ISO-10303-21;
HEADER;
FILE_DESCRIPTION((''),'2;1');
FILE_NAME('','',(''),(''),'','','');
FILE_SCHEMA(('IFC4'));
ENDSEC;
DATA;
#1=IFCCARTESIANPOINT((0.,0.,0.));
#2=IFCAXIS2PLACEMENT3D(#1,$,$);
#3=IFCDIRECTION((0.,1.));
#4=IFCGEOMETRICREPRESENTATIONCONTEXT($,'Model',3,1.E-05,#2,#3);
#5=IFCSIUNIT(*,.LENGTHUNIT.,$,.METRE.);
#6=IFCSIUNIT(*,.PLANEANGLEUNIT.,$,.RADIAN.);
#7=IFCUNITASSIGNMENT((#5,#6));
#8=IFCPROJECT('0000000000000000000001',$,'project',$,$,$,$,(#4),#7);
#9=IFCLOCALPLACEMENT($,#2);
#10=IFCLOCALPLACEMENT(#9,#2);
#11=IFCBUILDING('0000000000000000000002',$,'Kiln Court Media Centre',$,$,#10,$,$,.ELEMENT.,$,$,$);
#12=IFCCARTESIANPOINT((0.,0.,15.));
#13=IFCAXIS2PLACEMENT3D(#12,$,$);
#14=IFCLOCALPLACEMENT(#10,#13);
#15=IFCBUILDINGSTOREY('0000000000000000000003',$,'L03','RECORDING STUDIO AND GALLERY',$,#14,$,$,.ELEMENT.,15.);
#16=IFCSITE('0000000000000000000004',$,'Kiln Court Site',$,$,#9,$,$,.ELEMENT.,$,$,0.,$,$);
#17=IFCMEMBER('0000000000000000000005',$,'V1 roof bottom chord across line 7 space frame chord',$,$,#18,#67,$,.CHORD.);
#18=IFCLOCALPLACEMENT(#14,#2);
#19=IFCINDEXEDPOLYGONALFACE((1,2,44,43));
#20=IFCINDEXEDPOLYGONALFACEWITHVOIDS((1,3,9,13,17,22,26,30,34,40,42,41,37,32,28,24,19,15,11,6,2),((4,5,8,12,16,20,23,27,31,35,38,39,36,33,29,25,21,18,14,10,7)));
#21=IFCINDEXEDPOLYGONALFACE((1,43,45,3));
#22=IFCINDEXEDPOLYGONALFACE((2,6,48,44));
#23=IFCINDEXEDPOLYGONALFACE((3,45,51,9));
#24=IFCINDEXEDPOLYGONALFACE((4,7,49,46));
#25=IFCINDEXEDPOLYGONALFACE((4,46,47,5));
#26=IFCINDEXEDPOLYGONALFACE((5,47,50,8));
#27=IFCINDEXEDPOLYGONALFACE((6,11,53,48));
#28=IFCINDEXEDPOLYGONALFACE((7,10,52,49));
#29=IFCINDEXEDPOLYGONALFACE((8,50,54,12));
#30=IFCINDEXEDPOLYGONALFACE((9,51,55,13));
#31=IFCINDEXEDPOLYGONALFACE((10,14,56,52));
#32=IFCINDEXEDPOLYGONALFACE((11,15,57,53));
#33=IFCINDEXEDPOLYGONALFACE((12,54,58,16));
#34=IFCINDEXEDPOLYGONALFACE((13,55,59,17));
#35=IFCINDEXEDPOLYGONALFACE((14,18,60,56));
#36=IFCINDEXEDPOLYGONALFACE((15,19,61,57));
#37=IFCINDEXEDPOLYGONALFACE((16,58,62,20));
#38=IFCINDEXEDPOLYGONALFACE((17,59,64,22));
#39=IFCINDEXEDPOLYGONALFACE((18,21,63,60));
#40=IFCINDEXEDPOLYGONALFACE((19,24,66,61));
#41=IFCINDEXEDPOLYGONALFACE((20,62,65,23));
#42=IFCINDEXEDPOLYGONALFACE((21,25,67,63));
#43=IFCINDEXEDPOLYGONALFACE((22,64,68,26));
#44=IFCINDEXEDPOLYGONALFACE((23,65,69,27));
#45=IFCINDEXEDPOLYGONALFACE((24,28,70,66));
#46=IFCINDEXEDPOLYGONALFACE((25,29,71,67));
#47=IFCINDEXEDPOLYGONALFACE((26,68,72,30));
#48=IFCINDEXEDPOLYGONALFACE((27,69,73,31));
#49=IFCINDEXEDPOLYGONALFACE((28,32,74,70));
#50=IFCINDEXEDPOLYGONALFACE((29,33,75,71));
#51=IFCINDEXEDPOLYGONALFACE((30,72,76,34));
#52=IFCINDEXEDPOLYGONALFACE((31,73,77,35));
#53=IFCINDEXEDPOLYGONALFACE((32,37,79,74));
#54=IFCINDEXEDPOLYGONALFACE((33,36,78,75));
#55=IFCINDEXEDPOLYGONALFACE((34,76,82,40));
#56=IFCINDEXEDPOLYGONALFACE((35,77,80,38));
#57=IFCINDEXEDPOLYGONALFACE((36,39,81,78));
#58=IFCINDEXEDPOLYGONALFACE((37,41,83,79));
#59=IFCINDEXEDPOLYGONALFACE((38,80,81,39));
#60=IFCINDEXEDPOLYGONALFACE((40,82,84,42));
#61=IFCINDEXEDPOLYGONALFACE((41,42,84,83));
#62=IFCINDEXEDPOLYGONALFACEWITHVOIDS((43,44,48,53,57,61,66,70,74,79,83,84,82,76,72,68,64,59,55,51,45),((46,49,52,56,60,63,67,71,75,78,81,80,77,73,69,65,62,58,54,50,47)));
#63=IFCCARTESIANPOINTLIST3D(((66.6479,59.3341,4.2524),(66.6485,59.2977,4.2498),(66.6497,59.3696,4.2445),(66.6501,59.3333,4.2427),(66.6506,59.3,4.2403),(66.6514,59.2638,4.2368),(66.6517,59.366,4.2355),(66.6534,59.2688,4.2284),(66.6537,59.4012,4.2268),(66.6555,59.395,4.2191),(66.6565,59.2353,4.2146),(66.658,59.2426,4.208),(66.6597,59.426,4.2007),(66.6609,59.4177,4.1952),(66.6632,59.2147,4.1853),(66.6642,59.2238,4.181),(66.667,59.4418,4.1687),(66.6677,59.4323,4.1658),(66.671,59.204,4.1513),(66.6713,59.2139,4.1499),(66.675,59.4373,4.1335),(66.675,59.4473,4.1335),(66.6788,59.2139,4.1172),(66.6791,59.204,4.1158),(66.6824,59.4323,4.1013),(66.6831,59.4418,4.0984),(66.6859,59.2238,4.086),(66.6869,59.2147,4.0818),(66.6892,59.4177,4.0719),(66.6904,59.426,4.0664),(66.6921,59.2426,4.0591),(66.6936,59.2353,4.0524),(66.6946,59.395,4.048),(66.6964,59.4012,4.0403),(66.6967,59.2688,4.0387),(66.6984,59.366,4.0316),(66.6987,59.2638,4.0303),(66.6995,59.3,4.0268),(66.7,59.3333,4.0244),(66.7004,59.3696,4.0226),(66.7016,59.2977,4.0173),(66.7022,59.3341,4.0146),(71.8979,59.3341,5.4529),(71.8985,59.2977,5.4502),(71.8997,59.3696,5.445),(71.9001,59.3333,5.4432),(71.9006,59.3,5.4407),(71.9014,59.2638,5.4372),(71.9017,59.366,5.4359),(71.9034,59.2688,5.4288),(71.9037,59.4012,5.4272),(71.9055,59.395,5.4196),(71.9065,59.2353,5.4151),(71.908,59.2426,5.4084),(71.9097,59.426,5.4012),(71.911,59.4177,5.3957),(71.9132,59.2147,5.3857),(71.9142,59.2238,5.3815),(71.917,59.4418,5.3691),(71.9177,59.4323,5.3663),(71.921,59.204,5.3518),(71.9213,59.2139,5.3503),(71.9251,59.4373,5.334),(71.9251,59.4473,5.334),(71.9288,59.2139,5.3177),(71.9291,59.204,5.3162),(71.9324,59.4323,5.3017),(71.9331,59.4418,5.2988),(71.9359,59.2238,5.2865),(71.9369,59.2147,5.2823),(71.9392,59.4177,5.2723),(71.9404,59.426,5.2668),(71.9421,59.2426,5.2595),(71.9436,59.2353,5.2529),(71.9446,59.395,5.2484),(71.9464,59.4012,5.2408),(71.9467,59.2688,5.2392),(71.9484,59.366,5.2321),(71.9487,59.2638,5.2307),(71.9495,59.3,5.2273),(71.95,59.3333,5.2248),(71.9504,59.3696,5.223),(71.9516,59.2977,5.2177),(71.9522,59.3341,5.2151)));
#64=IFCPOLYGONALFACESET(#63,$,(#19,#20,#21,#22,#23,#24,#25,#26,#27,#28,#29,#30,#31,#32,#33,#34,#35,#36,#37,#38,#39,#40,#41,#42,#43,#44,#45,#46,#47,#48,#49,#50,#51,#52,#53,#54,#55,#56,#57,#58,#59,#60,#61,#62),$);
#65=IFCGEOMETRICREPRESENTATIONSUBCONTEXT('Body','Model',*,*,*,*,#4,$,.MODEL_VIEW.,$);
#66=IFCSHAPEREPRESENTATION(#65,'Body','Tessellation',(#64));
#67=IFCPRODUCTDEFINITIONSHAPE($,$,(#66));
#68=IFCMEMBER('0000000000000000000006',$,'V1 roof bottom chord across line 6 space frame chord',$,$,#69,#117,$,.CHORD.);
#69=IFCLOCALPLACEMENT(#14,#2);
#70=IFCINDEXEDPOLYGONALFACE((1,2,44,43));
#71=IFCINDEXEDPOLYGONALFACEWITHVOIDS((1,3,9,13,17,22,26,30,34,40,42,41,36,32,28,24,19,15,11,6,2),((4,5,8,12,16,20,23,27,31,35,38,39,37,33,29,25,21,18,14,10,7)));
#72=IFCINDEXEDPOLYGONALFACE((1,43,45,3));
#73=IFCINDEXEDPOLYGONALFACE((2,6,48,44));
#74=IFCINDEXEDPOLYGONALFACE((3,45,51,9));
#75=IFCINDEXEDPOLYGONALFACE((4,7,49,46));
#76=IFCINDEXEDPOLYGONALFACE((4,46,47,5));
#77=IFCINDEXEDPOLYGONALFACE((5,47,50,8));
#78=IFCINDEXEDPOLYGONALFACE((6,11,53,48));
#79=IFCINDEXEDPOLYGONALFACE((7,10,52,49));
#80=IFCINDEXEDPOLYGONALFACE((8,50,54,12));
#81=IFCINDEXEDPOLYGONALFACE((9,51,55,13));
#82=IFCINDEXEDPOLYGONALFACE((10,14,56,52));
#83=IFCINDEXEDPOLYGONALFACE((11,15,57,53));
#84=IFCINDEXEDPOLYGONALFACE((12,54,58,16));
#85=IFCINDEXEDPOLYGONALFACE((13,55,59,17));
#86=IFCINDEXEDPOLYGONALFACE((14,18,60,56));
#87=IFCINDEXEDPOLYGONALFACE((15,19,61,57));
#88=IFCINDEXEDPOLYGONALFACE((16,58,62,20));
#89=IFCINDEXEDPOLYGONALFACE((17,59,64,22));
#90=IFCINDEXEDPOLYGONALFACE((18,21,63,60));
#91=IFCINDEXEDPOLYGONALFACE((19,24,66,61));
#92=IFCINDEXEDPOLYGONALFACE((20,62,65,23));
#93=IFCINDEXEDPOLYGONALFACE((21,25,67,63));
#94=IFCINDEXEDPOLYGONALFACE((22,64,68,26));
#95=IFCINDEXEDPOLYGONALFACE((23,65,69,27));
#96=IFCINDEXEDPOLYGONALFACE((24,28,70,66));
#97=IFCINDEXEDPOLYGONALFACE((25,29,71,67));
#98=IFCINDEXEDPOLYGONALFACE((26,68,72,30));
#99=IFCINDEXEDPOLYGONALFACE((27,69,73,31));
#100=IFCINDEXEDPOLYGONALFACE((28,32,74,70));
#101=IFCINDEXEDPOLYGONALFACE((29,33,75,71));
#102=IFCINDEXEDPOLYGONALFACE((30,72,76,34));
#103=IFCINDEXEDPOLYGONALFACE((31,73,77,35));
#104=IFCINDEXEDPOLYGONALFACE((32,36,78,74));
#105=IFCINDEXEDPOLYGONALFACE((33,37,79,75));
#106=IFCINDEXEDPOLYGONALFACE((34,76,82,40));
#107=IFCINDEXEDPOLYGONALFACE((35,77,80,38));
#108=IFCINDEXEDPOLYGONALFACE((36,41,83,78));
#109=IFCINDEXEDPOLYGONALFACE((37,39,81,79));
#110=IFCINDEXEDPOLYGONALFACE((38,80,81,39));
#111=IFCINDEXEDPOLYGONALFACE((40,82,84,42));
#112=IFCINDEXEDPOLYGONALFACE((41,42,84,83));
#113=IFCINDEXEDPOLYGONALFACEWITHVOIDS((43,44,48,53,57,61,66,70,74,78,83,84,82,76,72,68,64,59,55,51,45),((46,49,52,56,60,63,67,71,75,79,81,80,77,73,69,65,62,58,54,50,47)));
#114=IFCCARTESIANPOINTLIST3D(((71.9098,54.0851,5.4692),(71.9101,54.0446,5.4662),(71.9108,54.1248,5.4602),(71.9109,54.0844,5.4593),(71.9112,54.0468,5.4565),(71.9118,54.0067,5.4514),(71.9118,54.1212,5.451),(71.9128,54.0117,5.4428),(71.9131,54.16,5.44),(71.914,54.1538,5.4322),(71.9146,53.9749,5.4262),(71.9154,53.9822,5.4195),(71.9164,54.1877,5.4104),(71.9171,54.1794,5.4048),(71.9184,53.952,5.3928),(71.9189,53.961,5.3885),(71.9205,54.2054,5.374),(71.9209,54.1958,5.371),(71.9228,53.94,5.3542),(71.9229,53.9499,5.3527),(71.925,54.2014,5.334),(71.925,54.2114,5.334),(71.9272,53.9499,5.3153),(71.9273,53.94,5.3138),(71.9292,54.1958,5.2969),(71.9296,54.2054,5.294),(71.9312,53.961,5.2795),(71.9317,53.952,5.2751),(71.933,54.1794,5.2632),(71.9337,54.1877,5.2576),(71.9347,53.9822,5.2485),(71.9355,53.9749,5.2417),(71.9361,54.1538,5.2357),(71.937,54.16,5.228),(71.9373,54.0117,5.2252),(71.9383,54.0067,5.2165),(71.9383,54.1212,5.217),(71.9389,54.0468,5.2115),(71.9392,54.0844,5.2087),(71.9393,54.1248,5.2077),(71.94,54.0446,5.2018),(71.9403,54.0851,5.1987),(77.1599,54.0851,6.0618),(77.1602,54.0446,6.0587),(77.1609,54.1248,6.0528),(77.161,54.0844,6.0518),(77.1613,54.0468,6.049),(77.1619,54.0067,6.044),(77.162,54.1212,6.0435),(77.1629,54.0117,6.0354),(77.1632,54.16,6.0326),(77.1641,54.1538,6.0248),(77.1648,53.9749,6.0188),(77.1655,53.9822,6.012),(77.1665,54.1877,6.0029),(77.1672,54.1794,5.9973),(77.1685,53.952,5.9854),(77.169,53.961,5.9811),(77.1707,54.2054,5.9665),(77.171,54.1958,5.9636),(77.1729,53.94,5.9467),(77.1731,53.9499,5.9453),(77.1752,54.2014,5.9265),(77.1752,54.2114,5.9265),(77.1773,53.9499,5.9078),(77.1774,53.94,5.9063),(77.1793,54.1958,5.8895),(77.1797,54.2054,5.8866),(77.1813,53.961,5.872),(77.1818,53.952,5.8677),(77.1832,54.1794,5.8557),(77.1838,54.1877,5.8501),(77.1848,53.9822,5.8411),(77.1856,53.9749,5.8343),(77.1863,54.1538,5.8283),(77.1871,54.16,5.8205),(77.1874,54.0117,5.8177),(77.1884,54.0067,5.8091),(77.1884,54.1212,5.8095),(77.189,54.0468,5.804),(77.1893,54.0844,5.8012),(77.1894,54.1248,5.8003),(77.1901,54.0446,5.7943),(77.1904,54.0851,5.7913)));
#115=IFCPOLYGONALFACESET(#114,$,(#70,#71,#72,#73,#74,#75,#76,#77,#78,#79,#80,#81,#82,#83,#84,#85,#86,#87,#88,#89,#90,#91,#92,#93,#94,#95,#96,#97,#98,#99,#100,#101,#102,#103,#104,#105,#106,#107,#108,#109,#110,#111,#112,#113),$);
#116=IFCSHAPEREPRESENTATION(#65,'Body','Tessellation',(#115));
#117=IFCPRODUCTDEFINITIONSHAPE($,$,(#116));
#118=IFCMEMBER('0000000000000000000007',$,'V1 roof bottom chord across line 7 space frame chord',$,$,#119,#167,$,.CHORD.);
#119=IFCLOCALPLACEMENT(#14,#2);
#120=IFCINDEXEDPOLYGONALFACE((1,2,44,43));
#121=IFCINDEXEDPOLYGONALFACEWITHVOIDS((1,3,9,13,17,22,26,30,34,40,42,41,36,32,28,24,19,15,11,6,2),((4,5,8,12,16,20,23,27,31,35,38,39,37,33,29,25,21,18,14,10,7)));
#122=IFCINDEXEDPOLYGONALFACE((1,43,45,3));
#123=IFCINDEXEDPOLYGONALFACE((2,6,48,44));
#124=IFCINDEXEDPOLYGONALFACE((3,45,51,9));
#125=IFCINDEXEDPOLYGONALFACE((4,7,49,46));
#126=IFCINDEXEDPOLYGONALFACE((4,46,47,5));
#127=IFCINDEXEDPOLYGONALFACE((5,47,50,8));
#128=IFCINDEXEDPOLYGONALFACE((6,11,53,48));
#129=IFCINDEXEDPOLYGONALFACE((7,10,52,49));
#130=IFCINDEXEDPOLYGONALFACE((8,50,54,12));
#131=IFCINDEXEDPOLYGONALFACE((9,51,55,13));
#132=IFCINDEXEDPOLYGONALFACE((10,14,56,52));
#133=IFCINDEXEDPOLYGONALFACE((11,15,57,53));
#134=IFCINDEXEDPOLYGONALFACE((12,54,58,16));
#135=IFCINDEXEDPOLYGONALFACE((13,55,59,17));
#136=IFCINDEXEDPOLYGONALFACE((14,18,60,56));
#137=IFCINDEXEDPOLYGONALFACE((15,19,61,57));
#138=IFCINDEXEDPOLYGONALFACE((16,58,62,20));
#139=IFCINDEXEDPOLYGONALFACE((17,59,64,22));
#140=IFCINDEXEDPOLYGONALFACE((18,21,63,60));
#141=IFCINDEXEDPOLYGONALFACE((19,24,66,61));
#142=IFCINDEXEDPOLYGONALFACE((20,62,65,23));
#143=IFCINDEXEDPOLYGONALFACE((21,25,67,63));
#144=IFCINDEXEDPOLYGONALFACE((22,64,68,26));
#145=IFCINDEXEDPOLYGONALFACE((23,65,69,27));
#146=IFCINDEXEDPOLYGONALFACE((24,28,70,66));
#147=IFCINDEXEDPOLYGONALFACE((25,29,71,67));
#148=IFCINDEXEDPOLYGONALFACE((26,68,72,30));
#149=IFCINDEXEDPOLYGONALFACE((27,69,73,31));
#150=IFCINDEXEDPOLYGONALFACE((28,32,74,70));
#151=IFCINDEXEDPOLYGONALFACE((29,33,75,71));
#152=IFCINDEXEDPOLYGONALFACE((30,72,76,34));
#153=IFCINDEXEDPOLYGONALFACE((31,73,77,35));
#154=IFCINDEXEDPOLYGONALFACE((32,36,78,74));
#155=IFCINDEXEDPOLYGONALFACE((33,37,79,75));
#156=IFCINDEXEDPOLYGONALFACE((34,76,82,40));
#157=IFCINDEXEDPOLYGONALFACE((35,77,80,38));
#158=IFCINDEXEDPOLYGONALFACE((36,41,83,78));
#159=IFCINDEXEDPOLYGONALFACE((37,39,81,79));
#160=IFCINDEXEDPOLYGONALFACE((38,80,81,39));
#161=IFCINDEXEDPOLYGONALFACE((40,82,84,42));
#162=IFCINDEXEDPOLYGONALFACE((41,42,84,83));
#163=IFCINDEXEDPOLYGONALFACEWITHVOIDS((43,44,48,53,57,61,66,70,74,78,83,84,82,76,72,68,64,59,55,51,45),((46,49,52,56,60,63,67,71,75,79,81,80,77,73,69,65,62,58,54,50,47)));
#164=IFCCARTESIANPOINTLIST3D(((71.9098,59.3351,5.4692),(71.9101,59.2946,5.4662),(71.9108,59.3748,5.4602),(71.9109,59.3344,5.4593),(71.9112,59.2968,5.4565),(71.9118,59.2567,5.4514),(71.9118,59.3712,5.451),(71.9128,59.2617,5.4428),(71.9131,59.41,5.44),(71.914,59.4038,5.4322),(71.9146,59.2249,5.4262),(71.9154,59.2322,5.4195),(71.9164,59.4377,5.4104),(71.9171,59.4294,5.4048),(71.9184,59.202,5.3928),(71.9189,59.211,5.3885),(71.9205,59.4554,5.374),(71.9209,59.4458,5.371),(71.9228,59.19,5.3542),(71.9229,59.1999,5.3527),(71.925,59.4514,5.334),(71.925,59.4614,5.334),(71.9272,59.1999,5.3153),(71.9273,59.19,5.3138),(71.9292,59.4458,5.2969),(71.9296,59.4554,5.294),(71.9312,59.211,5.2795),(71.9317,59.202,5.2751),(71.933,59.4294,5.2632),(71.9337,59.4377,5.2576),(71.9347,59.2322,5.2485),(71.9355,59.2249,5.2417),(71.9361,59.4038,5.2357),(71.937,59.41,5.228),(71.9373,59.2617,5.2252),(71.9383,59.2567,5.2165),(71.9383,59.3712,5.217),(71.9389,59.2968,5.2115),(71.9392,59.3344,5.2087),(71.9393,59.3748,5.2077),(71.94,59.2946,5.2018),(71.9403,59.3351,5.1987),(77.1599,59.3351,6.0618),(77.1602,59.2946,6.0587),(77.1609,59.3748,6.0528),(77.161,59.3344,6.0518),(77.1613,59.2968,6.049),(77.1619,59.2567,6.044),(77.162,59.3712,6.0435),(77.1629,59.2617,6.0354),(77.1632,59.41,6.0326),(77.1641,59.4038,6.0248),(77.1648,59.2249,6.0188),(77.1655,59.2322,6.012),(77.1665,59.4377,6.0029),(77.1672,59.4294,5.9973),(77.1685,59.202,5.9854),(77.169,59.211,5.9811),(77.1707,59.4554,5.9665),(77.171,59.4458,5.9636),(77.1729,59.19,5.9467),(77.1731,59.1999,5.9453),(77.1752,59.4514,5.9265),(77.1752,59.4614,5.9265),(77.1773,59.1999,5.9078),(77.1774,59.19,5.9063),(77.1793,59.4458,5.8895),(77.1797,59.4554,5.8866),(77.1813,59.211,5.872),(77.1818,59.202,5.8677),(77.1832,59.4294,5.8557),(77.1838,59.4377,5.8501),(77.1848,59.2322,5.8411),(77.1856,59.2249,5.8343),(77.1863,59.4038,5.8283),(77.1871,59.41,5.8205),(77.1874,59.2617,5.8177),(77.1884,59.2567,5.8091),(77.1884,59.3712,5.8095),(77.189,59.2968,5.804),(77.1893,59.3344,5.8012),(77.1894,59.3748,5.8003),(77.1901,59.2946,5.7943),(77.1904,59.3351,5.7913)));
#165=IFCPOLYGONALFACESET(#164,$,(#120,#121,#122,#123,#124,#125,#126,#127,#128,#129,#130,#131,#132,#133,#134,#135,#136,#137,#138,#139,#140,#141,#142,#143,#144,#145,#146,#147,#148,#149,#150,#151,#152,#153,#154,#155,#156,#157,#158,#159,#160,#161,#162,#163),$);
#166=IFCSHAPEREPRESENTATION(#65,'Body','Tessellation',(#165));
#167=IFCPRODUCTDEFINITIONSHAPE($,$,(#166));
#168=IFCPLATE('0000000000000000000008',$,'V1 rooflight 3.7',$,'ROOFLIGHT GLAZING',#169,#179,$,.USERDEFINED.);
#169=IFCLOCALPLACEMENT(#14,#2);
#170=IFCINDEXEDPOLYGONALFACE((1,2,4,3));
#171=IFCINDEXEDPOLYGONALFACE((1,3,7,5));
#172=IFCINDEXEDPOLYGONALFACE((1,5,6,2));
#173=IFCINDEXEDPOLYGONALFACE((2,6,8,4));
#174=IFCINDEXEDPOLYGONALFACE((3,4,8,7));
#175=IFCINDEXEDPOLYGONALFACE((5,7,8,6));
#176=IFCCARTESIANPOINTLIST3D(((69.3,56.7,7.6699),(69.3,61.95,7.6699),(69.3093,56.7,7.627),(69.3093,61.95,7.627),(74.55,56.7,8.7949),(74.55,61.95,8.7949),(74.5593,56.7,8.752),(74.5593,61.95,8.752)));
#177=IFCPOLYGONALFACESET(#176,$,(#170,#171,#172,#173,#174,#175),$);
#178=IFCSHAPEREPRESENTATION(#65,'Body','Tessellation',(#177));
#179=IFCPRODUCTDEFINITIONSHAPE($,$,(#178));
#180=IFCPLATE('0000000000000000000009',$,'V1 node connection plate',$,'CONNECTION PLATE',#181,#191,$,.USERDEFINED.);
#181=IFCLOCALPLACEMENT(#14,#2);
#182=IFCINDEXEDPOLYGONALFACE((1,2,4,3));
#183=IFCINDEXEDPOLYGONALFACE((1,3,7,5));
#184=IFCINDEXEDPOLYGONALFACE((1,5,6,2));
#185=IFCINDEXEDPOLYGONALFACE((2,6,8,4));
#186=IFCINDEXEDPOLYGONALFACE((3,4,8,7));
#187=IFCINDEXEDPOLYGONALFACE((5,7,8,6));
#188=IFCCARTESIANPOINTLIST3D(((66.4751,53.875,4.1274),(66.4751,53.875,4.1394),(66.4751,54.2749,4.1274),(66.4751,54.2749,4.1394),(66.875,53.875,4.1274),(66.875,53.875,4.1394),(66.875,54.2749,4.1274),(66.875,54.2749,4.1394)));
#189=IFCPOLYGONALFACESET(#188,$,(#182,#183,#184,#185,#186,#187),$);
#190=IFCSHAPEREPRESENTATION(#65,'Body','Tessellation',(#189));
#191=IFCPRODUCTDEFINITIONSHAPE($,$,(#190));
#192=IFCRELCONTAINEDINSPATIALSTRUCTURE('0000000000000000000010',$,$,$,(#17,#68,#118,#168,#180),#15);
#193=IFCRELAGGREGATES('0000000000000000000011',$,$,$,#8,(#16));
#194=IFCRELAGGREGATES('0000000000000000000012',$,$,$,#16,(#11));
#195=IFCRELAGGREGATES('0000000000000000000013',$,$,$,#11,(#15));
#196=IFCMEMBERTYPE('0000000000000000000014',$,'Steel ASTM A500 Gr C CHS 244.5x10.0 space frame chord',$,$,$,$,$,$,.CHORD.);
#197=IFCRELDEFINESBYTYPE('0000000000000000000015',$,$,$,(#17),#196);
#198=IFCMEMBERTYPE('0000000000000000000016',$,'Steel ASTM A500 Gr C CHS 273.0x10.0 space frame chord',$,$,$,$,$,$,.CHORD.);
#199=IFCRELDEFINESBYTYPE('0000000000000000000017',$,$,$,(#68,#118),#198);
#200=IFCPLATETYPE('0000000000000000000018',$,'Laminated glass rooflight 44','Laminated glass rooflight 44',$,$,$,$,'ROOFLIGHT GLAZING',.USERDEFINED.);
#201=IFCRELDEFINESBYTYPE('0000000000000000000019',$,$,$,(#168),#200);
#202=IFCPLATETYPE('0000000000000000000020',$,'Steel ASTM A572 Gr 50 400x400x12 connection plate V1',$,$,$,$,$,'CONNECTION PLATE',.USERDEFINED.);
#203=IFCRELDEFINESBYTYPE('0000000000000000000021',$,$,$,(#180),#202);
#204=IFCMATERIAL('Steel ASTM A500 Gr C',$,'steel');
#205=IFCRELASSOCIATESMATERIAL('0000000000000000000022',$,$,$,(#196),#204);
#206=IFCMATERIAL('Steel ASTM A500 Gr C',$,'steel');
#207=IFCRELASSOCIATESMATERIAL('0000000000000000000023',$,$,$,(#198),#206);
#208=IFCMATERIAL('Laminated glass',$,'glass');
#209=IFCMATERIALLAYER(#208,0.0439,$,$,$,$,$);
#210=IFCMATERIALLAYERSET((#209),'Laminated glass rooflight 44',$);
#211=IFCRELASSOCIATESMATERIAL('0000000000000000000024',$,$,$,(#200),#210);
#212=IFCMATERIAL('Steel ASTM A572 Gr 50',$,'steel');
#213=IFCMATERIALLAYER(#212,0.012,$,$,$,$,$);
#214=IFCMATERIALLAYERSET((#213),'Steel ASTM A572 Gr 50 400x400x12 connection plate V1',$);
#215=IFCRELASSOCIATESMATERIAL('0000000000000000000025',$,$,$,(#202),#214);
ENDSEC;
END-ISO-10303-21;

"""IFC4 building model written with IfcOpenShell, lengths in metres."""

from ifc_helpers import new_model, si_unit, direction, frame, origin, origin_2d, place, context, subcontext, project, spatial, polyline, rectangle, hollow_circle, outline, extrude, material, layer, layer_set, material_profile, profile_set, type_object, element, save


model = new_model("IFC4")

# Units and contexts
model_context = context("Model", 3, precision=1e-05, world=origin(), true_north=direction((0.0, 1.0)))
body_context = subcontext(model_context, "Body", "Model", "MODEL_VIEW")
ifc_project = project(units=[si_unit("LENGTHUNIT", "METRE"), si_unit("PLANEANGLEUNIT", "RADIAN")], contexts=[model_context])

# Site, building, storey
site_placement = place(None, origin())
site = spatial("IfcSite", under=ifc_project, at=site_placement, Name="Kiln Court Site", CompositionType="ELEMENT", RefElevation=0.0)
building_placement = place(site_placement, origin())
building = spatial("IfcBuilding", under=site, at=building_placement, Name="Kiln Court Media Centre", CompositionType="ELEMENT")
storey_placement = place(building_placement, frame((0.0, 0.0, 15.0)))
storey = spatial("IfcBuildingStorey", under=building, at=storey_placement, Name="L03", Description="RECORDING STUDIO AND GALLERY", CompositionType="ELEMENT", Elevation=15.0)

# Members
ifc_material_1 = material(Name="Steel ASTM A500 Gr C", Category="steel")
ifc_material_profile_1 = material_profile(ifc_material_1, hollow_circle(Radius=0.1223, WallThickness=0.01, at=origin_2d()), Name="CHS 244.5x10.0")
ifc_profile_set_1 = profile_set([ifc_material_profile_1], Name="Steel ASTM A500 Gr C")
member_type_1 = type_object("IfcMemberType", Name="Steel ASTM A500 Gr C CHS 244.5x10.0 space frame chord", PredefinedType="CHORD", material=ifc_profile_set_1)
member_1_placement = place(storey_placement, frame((66.675, 59.325, 4.1335), z_axis=(0.974841, 0.0, 0.222902), x_axis=(0.0, 1.0, 0.0)))
element("IfcMember", 1, at=member_1_placement, inside=storey, type_object=member_type_1, Name="V1 roof bottom chord across line 7 space frame chord", PredefinedType="CHORD", context=body_context, shape_type="SweptSolid", body=[
    extrude(hollow_circle(Radius=0.1223, WallThickness=0.01, at=origin_2d()), origin(), (0.0, 0.0, 1.0), 5.3855),
])
ifc_material_2 = material(Name="Steel ASTM A500 Gr C", Category="steel")
ifc_material_profile_2 = material_profile(ifc_material_2, hollow_circle(Radius=0.1365, WallThickness=0.01, at=origin_2d()), Name="CHS 273.0x10.0")
ifc_profile_set_2 = profile_set([ifc_material_profile_2], Name="Steel ASTM A500 Gr C")
member_type_2 = type_object("IfcMemberType", Name="Steel ASTM A500 Gr C CHS 273.0x10.0 space frame chord", PredefinedType="CHORD", material=ifc_profile_set_2)
for number, where, z_axis, x_axis, name in (
    (2, (71.925, 54.075, 5.334), (0.993691, 0.0, 0.112151), (0.0, 1.0, 0.0), "V1 roof bottom chord across line 6 space frame chord"),
    (3, (71.925, 59.325, 5.334), (0.993691, 0.0, 0.112151), (0.0, 1.0, 0.0), "V1 roof bottom chord across line 7 space frame chord"),
):
    element("IfcMember", number, at=place(storey_placement, frame(where, z_axis=z_axis, x_axis=x_axis)), inside=storey, type_object=member_type_2, Name=name, PredefinedType="CHORD", context=body_context, shape_type="SweptSolid", body=[
        extrude(hollow_circle(Radius=0.1365, WallThickness=0.01, at=origin_2d()), origin(), (0.0, 0.0, 1.0), 5.2834),
    ])

# Plates
ifc_material_3 = material(Name="Laminated glass", Category="glass")
ifc_layer_1 = layer(ifc_material_3, 0.0439)
ifc_layer_set_1 = layer_set([ifc_layer_1], Name="Laminated glass rooflight 44")
plate_type_1 = type_object("IfcPlateType", Name="Laminated glass rooflight 44", Description="Laminated glass rooflight 44", ElementType="ROOFLIGHT GLAZING", PredefinedType="USERDEFINED", material=ifc_layer_set_1)
plate_placement = place(storey_placement, frame((69.3, 56.7, 7.6699), z_axis=(-0.209529, 0.0, 0.977802), x_axis=(0.977802, 0.0, 0.209529)))
element("IfcPlate", 4, at=plate_placement, inside=storey, type_object=plate_type_1, Name="V1 rooflight 3.7", ObjectType="ROOFLIGHT GLAZING", PredefinedType="USERDEFINED", context=body_context, shape_type="SweptSolid", body=[
    extrude(outline(polyline([(0.0, 0.0), (5.3692, 0.0), (5.3692, 5.25), (0.0, 5.25), (0.0, 0.0)])), origin(), (0.0, 0.0, -1.0), 0.0439),
])
ifc_material_4 = material(Name="Steel ASTM A572 Gr 50", Category="steel")
ifc_layer_2 = layer(ifc_material_4, 0.012)
ifc_layer_set_2 = layer_set([ifc_layer_2], Name="Steel ASTM A572 Gr 50 400x400x12 connection plate V1")
plate_type_2 = type_object("IfcPlateType", Name="Steel ASTM A572 Gr 50 400x400x12 connection plate V1", ElementType="CONNECTION PLATE", PredefinedType="USERDEFINED", material=ifc_layer_set_2)
for number, where, z_axis, x_axis, name in (
    (5, (66.675, 54.075, 4.1274), (0.0, 0.0, 1.0), (1.0, 0.0, 0.0), "V1 node connection plate"),
):
    element("IfcPlate", number, at=place(storey_placement, frame(where, z_axis=z_axis, x_axis=x_axis)), inside=storey, type_object=plate_type_2, Name=name, ObjectType="CONNECTION PLATE", PredefinedType="USERDEFINED", context=body_context, shape_type="SweptSolid", body=[
        extrude(rectangle(XDim=0.3999, YDim=0.3999, at=origin_2d()), origin(), (0.0, 0.0, 1.0), 0.012),
    ])

save(model, "model.ifc")
